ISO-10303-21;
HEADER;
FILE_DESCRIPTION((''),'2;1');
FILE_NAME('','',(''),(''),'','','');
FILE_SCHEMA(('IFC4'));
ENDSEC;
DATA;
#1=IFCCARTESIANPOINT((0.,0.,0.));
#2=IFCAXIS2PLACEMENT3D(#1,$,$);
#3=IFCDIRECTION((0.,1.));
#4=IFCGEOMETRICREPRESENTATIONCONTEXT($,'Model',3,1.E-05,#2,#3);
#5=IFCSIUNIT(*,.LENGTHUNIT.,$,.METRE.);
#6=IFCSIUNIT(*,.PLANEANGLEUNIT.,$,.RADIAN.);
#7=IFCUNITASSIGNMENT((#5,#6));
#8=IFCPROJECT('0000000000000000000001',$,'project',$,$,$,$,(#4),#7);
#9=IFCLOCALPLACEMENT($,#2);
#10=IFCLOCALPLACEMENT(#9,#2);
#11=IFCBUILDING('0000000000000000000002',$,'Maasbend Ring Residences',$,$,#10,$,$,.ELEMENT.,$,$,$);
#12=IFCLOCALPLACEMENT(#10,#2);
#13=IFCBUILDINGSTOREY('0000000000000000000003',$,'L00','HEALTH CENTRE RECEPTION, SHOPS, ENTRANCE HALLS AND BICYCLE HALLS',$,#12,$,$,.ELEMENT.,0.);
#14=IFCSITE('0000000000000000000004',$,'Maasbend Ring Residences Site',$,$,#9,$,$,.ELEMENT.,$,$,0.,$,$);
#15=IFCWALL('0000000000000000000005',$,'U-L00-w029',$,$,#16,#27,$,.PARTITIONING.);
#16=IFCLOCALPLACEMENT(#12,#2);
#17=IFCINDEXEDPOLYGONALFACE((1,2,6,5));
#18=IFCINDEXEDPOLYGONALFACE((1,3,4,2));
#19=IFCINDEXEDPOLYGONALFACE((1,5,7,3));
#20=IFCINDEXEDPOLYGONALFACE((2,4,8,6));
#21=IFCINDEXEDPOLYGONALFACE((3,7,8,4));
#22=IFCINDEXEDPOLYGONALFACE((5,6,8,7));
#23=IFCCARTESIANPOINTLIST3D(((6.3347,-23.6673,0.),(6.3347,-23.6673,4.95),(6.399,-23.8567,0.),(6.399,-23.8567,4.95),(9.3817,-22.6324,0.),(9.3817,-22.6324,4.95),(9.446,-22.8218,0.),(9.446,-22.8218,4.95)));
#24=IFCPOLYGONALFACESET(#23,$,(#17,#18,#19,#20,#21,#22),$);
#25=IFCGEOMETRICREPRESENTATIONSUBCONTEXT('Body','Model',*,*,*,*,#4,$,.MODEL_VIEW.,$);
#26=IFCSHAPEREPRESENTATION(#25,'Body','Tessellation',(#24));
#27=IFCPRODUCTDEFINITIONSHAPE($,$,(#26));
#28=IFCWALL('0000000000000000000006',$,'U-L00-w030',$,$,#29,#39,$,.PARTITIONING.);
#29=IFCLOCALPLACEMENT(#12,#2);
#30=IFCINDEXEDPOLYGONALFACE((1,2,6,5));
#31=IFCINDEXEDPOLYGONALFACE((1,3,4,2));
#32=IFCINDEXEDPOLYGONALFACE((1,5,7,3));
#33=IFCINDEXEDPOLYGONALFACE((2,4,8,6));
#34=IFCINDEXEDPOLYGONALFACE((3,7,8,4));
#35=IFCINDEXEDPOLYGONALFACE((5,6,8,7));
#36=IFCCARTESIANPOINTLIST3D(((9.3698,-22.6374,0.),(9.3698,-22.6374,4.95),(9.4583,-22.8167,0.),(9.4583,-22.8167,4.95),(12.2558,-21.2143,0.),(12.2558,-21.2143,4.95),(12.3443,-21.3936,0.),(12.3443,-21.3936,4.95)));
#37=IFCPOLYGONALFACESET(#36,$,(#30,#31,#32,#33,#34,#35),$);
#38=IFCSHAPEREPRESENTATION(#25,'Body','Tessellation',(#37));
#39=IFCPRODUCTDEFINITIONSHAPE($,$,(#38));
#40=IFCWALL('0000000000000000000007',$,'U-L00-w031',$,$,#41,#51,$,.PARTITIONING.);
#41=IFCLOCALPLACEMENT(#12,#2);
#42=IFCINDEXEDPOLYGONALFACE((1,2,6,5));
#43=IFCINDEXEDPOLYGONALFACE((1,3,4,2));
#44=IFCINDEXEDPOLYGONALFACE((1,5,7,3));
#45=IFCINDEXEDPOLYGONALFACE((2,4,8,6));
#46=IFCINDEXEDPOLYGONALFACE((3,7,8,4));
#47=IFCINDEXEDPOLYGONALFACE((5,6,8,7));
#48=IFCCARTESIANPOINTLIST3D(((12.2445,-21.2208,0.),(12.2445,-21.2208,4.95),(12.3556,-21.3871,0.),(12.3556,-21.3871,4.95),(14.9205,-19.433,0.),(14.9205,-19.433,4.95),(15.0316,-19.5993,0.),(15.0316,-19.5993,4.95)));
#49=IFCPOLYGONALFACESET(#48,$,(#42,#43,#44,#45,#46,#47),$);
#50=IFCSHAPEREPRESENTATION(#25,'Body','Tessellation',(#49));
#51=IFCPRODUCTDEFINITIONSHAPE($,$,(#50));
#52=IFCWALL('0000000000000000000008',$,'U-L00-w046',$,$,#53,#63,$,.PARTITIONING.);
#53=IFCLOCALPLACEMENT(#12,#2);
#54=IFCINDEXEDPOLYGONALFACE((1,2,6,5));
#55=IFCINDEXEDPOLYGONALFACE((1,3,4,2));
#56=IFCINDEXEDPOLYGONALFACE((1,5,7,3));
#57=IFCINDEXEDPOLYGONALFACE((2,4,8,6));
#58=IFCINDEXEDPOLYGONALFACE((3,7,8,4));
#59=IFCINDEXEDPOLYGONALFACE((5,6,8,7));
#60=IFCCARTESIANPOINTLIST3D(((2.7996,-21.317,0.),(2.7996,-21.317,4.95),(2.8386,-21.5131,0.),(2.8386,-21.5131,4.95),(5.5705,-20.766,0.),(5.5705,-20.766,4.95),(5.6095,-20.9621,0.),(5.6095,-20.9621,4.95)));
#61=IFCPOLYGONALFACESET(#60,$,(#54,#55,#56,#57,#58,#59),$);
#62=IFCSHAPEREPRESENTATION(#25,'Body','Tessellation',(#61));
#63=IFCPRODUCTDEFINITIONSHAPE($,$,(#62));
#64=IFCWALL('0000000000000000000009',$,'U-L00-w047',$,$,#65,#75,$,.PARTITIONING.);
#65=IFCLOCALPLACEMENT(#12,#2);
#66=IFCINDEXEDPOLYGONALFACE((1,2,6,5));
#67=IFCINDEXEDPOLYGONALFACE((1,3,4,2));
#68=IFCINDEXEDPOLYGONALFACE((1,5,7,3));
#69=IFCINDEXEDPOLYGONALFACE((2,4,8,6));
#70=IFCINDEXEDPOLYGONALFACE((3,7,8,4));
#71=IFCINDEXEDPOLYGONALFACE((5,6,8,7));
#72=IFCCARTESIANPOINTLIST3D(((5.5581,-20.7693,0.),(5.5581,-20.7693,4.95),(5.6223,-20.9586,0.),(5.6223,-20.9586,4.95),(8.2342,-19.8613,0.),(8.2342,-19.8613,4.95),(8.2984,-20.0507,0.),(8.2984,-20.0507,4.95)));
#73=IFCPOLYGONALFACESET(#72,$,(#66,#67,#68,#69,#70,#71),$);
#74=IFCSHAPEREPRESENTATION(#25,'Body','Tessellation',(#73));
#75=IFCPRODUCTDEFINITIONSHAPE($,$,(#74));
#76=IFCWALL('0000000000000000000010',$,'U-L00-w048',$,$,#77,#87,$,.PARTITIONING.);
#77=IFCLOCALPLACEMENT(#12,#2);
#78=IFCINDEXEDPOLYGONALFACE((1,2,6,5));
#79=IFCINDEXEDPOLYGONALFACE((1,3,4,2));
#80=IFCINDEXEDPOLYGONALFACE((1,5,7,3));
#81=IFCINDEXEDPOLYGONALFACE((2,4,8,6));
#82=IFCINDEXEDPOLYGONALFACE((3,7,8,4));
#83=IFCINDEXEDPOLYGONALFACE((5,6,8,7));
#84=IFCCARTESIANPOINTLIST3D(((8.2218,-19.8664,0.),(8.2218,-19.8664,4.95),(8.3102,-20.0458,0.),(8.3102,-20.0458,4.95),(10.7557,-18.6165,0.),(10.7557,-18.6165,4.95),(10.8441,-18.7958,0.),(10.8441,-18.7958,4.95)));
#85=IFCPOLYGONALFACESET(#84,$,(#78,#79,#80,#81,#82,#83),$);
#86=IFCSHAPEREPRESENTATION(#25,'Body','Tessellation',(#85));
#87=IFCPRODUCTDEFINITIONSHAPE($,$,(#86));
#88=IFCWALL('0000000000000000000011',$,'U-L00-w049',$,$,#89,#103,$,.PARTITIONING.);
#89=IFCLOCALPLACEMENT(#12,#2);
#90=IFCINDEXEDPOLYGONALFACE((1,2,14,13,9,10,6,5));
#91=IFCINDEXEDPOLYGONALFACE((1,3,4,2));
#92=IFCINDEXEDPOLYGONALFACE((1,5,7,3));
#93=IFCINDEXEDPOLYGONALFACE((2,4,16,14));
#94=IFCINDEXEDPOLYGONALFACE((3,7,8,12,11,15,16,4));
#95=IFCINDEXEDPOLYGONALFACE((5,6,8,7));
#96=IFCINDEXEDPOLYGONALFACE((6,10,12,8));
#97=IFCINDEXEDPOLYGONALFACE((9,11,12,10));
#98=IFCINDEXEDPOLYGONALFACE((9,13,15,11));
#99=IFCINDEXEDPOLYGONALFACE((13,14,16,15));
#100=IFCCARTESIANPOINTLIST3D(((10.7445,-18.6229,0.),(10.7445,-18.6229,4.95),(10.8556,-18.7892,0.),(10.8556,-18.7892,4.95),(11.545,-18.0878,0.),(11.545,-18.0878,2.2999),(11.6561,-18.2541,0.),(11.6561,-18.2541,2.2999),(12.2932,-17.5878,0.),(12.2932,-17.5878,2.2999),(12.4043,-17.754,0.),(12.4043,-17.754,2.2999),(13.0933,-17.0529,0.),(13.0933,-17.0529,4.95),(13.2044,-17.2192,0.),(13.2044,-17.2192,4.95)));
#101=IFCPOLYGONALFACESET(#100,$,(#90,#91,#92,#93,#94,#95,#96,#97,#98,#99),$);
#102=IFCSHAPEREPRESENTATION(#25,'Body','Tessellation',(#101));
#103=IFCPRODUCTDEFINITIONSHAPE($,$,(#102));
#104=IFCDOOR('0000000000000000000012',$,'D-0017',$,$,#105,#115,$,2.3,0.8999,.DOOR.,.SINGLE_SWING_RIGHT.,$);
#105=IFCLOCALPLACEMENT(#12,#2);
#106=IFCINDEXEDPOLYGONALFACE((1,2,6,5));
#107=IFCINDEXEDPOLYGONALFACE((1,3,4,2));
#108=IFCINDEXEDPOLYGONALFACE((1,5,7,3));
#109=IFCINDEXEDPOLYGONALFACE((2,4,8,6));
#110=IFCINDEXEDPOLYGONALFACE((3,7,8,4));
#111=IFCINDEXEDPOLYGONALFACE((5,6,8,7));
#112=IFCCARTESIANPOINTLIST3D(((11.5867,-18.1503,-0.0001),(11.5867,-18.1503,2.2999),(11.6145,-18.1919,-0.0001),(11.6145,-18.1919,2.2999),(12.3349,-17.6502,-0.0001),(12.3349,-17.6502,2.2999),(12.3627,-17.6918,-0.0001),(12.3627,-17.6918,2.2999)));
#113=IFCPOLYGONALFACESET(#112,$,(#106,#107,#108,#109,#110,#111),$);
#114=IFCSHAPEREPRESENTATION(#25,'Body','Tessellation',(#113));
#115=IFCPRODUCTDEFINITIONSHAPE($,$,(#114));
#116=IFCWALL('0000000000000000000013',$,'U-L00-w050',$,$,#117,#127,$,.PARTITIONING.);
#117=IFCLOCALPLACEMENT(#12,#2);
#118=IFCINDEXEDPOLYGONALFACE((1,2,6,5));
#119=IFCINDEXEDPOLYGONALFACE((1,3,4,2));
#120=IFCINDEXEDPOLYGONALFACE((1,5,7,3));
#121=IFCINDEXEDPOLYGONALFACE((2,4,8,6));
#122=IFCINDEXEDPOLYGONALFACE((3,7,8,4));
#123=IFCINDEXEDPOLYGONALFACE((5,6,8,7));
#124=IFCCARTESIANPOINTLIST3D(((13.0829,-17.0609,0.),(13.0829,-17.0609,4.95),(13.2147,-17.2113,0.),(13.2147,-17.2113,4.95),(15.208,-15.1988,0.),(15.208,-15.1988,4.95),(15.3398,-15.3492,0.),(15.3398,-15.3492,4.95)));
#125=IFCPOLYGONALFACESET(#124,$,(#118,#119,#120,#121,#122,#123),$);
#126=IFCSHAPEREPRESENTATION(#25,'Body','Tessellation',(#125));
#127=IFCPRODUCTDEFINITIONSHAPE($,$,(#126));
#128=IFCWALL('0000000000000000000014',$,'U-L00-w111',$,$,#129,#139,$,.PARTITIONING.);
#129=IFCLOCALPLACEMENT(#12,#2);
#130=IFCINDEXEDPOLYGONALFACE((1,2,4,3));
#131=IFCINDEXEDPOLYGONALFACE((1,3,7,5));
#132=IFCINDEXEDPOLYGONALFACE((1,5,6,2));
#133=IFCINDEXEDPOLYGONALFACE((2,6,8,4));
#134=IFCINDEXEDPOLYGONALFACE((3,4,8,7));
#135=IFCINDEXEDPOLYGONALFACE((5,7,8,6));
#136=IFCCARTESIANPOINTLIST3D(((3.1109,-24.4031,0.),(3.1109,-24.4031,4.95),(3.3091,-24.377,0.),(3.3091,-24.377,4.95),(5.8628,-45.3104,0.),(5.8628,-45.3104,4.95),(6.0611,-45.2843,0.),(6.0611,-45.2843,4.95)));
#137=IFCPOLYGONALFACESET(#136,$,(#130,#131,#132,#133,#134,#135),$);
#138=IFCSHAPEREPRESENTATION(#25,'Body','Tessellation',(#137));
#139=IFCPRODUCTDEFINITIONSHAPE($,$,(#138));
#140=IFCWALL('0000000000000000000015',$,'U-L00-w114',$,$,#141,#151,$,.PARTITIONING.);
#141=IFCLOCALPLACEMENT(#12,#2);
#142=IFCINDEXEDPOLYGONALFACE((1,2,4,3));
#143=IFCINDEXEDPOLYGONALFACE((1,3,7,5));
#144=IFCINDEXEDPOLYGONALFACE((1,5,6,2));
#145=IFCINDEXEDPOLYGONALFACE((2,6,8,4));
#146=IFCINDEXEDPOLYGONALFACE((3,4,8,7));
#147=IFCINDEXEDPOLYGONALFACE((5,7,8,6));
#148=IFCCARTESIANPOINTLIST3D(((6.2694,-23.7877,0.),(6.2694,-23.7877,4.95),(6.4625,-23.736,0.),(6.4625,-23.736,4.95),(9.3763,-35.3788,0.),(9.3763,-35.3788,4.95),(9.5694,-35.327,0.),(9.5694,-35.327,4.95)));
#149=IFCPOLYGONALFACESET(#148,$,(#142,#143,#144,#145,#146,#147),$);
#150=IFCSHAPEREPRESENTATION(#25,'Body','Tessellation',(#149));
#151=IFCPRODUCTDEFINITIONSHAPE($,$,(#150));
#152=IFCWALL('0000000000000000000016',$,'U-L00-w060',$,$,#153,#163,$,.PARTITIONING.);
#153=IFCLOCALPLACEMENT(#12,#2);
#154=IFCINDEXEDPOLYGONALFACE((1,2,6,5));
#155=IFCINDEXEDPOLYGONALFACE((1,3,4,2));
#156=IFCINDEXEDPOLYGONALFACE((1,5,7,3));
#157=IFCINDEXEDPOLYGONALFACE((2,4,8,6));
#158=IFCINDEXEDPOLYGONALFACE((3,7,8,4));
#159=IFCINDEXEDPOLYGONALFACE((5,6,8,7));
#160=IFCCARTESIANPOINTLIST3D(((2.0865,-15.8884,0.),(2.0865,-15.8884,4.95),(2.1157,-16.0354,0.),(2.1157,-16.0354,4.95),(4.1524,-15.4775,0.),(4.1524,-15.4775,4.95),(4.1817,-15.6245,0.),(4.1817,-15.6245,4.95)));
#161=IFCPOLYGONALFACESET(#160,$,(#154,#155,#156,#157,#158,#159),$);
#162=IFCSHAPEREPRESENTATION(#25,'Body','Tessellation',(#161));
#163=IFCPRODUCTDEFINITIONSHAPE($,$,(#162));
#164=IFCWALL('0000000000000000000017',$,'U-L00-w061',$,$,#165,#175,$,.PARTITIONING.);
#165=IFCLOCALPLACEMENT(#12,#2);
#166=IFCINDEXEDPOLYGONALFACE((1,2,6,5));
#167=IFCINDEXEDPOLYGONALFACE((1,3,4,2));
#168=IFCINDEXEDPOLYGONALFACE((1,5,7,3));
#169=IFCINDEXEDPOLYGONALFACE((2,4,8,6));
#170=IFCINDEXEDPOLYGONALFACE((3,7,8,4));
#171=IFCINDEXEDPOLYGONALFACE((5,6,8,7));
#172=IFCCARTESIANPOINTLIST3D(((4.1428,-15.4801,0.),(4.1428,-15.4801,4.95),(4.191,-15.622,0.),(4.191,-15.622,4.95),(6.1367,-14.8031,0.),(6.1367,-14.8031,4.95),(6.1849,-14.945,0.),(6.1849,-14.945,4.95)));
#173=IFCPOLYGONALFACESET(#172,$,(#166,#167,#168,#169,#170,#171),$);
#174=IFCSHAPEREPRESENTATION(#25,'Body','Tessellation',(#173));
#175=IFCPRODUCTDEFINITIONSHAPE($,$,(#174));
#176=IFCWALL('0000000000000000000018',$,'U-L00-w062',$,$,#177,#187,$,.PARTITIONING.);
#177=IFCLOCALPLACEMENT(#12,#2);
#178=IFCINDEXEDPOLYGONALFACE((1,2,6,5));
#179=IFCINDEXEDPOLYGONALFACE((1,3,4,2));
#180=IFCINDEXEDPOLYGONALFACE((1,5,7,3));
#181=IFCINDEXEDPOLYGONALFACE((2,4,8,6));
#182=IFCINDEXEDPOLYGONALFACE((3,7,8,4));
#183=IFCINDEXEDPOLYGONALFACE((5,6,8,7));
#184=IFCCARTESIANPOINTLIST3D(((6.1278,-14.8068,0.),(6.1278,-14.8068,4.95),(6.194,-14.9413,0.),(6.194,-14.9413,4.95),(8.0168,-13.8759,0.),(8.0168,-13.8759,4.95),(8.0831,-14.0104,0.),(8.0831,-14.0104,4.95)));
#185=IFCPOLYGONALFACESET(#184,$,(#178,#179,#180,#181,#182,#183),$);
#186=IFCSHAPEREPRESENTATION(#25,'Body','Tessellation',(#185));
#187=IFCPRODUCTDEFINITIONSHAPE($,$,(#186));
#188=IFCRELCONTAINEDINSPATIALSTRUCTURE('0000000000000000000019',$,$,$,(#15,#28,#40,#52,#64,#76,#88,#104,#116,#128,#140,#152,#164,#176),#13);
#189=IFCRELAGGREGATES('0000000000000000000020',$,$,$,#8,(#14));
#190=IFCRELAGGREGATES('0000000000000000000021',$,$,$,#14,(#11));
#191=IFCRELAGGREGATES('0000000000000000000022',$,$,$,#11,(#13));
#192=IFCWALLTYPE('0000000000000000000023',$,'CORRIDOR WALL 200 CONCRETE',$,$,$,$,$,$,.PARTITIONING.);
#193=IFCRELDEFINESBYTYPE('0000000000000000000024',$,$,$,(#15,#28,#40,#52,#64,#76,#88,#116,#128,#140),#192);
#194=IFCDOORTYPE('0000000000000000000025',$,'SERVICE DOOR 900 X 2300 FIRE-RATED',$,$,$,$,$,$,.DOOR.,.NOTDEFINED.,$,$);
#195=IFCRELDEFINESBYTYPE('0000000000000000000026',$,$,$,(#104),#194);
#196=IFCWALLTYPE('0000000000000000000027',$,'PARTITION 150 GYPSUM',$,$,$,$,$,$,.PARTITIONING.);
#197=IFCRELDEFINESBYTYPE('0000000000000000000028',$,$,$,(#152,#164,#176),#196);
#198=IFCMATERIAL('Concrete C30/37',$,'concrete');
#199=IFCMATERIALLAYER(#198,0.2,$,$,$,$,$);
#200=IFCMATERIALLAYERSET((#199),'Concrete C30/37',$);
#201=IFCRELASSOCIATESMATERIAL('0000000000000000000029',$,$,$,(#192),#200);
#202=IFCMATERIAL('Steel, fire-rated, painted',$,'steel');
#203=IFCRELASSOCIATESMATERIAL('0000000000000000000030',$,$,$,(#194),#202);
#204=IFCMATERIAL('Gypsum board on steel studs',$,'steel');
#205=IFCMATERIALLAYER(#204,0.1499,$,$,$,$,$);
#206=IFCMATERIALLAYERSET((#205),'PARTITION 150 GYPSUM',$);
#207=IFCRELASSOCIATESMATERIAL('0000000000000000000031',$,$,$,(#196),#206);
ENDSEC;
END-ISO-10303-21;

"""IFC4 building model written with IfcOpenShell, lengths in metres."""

from ifc_helpers import new_model, si_unit, direction, frame, frame_2d, origin, place, context, subcontext, project, spatial, rectangle, extrude, material, layer, layer_set, type_object, element, fill, save


model = new_model("IFC4")

# Units and contexts
model_context = context("Model", 3, precision=1e-05, world=origin(), true_north=direction((0.0, 1.0)))
body_context = subcontext(model_context, "Body", "Model", "MODEL_VIEW")
ifc_project = project(units=[si_unit("LENGTHUNIT", "METRE"), si_unit("PLANEANGLEUNIT", "RADIAN")], contexts=[model_context])

# Site, building, storey
site_placement = place(None, origin())
site = spatial("IfcSite", under=ifc_project, at=site_placement, Name="Maasbend Ring Residences Site", CompositionType="ELEMENT", RefElevation=0.0)
building_placement = place(site_placement, origin())
building = spatial("IfcBuilding", under=site, at=building_placement, Name="Maasbend Ring Residences", CompositionType="ELEMENT")
storey_placement = place(building_placement, origin())
storey = spatial("IfcBuildingStorey", under=building, at=storey_placement, Name="L00", Description="HEALTH CENTRE RECEPTION, SHOPS, ENTRANCE HALLS AND BICYCLE HALLS", CompositionType="ELEMENT", Elevation=0.0)

# Walls
ifc_material_1 = material(Name="Concrete C30/37", Category="concrete")
ifc_layer_1 = layer(ifc_material_1, 0.2)
ifc_layer_set_1 = layer_set([ifc_layer_1], Name="Concrete C30/37")
wall_type_1 = type_object("IfcWallType", Name="CORRIDOR WALL 200 CONCRETE", PredefinedType="PARTITIONING", material=ifc_layer_set_1)
wall_1_placement = place(storey_placement, frame((6.3669, -23.762, 0.0), z_axis=(0.0, 0.0, 1.0), x_axis=(0.946878, 0.321594, 0.0)))
element("IfcWall", 1, at=wall_1_placement, inside=storey, type_object=wall_type_1, Name="U-L00-w029", PredefinedType="PARTITIONING", context=body_context, shape_type="SweptSolid", body=[
    extrude(rectangle(XDim=3.218, YDim=0.2, at=frame_2d((1.6089, 0.0))), origin(), (0.0, 0.0, 1.0), 4.95),
])
wall_2_placement = place(storey_placement, frame((9.4141, -22.7271, 0.0), z_axis=(0.0, 0.0, 1.0), x_axis=(0.896887, 0.44226, 0.0)))
element("IfcWall", 2, at=wall_2_placement, inside=storey, type_object=wall_type_1, Name="U-L00-w030", PredefinedType="PARTITIONING", context=body_context, shape_type="SweptSolid", body=[
    extrude(rectangle(XDim=3.2178, YDim=0.2, at=frame_2d((1.6089, 0.0))), origin(), (0.0, 0.0, 1.0), 4.95),
])
wall_3_placement = place(storey_placement, frame((12.3, -21.304, 0.0), z_axis=(0.0, 0.0, 1.0), x_axis=(0.831501, 0.555523, 0.0)))
element("IfcWall", 3, at=wall_3_placement, inside=storey, type_object=wall_type_1, Name="U-L00-w031", PredefinedType="PARTITIONING", context=body_context, shape_type="SweptSolid", body=[
    extrude(rectangle(XDim=3.2183, YDim=0.2, at=frame_2d((1.6091, 0.0))), origin(), (0.0, 0.0, 1.0), 4.95),
])
wall_4_placement = place(storey_placement, frame((2.8191, -21.415, 0.0), z_axis=(0.0, 0.0, 1.0), x_axis=(0.980796, 0.195036, 0.0)))
element("IfcWall", 4, at=wall_4_placement, inside=storey, type_object=wall_type_1, Name="U-L00-w046", PredefinedType="PARTITIONING", context=body_context, shape_type="SweptSolid", body=[
    extrude(rectangle(XDim=2.8252, YDim=0.2, at=frame_2d((1.4126, 0.0))), origin(), (0.0, 0.0, 1.0), 4.95),
])
wall_5_placement = place(storey_placement, frame((5.5901, -20.864, 0.0), z_axis=(0.0, 0.0, 1.0), x_axis=(0.946976, 0.321303, 0.0)))
element("IfcWall", 5, at=wall_5_placement, inside=storey, type_object=wall_type_1, Name="U-L00-w047", PredefinedType="PARTITIONING", context=body_context, shape_type="SweptSolid", body=[
    extrude(rectangle(XDim=2.8259, YDim=0.2, at=frame_2d((1.4131, 0.0))), origin(), (0.0, 0.0, 1.0), 4.95),
])
wall_6_placement = place(storey_placement, frame((8.2661, -19.9561, 0.0), z_axis=(0.0, 0.0, 1.0), x_axis=(0.896816, 0.442403, 0.0)))
element("IfcWall", 6, at=wall_6_placement, inside=storey, type_object=wall_type_1, Name="U-L00-w048", PredefinedType="PARTITIONING", context=body_context, shape_type="SweptSolid", body=[
    extrude(rectangle(XDim=2.8254, YDim=0.2, at=frame_2d((1.4126, 0.0))), origin(), (0.0, 0.0, 1.0), 4.95),
])

# Wall, opening, door
wall_7_placement = place(storey_placement, frame((10.8, -18.7061, 0.0), z_axis=(0.0, 0.0, 1.0), x_axis=(0.831372, 0.555717, 0.0)))
wall_7 = element("IfcWall", 7, at=wall_7_placement, inside=storey, type_object=wall_type_1, Name="U-L00-w049", PredefinedType="PARTITIONING", context=body_context, shape_type="SweptSolid", body=[
    extrude(rectangle(XDim=2.8252, YDim=0.2, at=frame_2d((1.4126, 0.0))), origin(), (0.0, 0.0, 1.0), 4.95),
])
opening_placement = place(wall_7_placement, frame((0.9629, 0.0, 0.0)))
opening = element("IfcOpeningElement", 8, at=opening_placement, cuts=wall_7, PredefinedType="OPENING", context=body_context, shape_type="SweptSolid", body=[
    extrude(rectangle(XDim=0.8999, YDim=2.3, at=frame_2d((0.45, 1.1499))), frame((0.0, 0.1099, 0.0), z_axis=(0.0, -1.0, 0.0), x_axis=(1.0, 0.0, 0.0)), (0.0, 0.0, 1.0), 0.22),
])
ifc_material_2 = material(Name="Steel, fire-rated, painted", Category="steel")
door_type = type_object("IfcDoorType", Name="SERVICE DOOR 900 X 2300 FIRE-RATED", OperationType="NOTDEFINED", PredefinedType="DOOR", material=ifc_material_2)
door_placement = place(opening_placement, origin())
door = element("IfcDoor", 9, at=door_placement, inside=storey, type_object=door_type, Name="D-0017", OperationType="SINGLE_SWING_RIGHT", OverallHeight=2.3, OverallWidth=0.8999, PredefinedType="DOOR", context=body_context, shape_type="SweptSolid", body=[
    extrude(rectangle(XDim=0.8999, YDim=2.3, at=frame_2d((0.45, 1.1499))), frame((0.0, 0.0249, 0.0), z_axis=(0.0, -1.0, 0.0), x_axis=(1.0, 0.0, 0.0)), (0.0, 0.0, 1.0), 0.05),
])
fill(opening, door)

# Walls
wall_8_placement = place(storey_placement, frame((13.1489, -17.136, 0.0), z_axis=(0.0, 0.0, 1.0), x_axis=(0.752105, 0.659043, 0.0)))
element("IfcWall", 10, at=wall_8_placement, inside=storey, type_object=wall_type_1, Name="U-L00-w050", PredefinedType="PARTITIONING", context=body_context, shape_type="SweptSolid", body=[
    extrude(rectangle(XDim=2.8254, YDim=0.2, at=frame_2d((1.4126, 0.0))), origin(), (0.0, 0.0, 1.0), 4.95),
])
wall_9_placement = place(storey_placement, frame((3.21, -24.3899, 0.0), z_axis=(0.0, 0.0, 1.0), x_axis=(0.130501, -0.991448, 0.0)))
element("IfcWall", 11, at=wall_9_placement, inside=storey, type_object=wall_type_1, Name="U-L00-w111", PredefinedType="PARTITIONING", context=body_context, shape_type="SweptSolid", body=[
    extrude(rectangle(XDim=21.0876, YDim=0.2, at=frame_2d((10.5439, 0.0))), origin(), (0.0, 0.0, 1.0), 4.95),
])
wall_10_placement = place(storey_placement, frame((6.366, -23.762, 0.0), z_axis=(0.0, 0.0, 1.0), x_axis=(0.258906, -0.965903, 0.0)))
element("IfcWall", 12, at=wall_10_placement, inside=storey, type_object=wall_type_1, Name="U-L00-w114", PredefinedType="PARTITIONING", context=body_context, shape_type="SweptSolid", body=[
    extrude(rectangle(XDim=12.0002, YDim=0.2, at=frame_2d((6.0, 0.0))), origin(), (0.0, 0.0, 1.0), 4.95),
])
ifc_material_3 = material(Name="Gypsum board on steel studs", Category="steel")
ifc_layer_2 = layer(ifc_material_3, 0.1499)
ifc_layer_set_2 = layer_set([ifc_layer_2], Name="PARTITION 150 GYPSUM")
wall_type_2 = type_object("IfcWallType", Name="PARTITION 150 GYPSUM", PredefinedType="PARTITIONING", material=ifc_layer_set_2)
wall_11_placement = place(storey_placement, frame((2.1011, -15.9619, 0.0), z_axis=(0.0, 0.0, 1.0), x_axis=(0.98079, 0.195068, 0.0)))
element("IfcWall", 13, at=wall_11_placement, inside=storey, type_object=wall_type_2, Name="U-L00-w060", PredefinedType="PARTITIONING", context=body_context, shape_type="SweptSolid", body=[
    extrude(rectangle(XDim=2.1064, YDim=0.1499, at=frame_2d((1.0532, 0.0))), origin(), (0.0, 0.0, 1.0), 4.95),
])
wall_12_placement = place(storey_placement, frame((4.167, -15.551, 0.0), z_axis=(0.0, 0.0, 1.0), x_axis=(0.946906, 0.32151, 0.0)))
element("IfcWall", 14, at=wall_12_placement, inside=storey, type_object=wall_type_2, Name="U-L00-w061", PredefinedType="PARTITIONING", context=body_context, shape_type="SweptSolid", body=[
    extrude(rectangle(XDim=2.1057, YDim=0.1499, at=frame_2d((1.0527, 0.0))), origin(), (0.0, 0.0, 1.0), 4.95),
])
for number, where, z_axis, x_axis, name in (
    (15, (6.1609, -14.874, 0.0), (0.0, 0.0, 1.0), (0.897009, 0.442013, 0.0), "U-L00-w062"),
):
    element("IfcWall", number, at=place(storey_placement, frame(where, z_axis=z_axis, x_axis=x_axis)), inside=storey, type_object=wall_type_2, Name=name, PredefinedType="PARTITIONING", context=body_context, shape_type="SweptSolid", body=[
        extrude(rectangle(XDim=2.106, YDim=0.1499, at=frame_2d((1.053, 0.0))), origin(), (0.0, 0.0, 1.0), 4.95),
    ])

save(model, "model.ifc")
